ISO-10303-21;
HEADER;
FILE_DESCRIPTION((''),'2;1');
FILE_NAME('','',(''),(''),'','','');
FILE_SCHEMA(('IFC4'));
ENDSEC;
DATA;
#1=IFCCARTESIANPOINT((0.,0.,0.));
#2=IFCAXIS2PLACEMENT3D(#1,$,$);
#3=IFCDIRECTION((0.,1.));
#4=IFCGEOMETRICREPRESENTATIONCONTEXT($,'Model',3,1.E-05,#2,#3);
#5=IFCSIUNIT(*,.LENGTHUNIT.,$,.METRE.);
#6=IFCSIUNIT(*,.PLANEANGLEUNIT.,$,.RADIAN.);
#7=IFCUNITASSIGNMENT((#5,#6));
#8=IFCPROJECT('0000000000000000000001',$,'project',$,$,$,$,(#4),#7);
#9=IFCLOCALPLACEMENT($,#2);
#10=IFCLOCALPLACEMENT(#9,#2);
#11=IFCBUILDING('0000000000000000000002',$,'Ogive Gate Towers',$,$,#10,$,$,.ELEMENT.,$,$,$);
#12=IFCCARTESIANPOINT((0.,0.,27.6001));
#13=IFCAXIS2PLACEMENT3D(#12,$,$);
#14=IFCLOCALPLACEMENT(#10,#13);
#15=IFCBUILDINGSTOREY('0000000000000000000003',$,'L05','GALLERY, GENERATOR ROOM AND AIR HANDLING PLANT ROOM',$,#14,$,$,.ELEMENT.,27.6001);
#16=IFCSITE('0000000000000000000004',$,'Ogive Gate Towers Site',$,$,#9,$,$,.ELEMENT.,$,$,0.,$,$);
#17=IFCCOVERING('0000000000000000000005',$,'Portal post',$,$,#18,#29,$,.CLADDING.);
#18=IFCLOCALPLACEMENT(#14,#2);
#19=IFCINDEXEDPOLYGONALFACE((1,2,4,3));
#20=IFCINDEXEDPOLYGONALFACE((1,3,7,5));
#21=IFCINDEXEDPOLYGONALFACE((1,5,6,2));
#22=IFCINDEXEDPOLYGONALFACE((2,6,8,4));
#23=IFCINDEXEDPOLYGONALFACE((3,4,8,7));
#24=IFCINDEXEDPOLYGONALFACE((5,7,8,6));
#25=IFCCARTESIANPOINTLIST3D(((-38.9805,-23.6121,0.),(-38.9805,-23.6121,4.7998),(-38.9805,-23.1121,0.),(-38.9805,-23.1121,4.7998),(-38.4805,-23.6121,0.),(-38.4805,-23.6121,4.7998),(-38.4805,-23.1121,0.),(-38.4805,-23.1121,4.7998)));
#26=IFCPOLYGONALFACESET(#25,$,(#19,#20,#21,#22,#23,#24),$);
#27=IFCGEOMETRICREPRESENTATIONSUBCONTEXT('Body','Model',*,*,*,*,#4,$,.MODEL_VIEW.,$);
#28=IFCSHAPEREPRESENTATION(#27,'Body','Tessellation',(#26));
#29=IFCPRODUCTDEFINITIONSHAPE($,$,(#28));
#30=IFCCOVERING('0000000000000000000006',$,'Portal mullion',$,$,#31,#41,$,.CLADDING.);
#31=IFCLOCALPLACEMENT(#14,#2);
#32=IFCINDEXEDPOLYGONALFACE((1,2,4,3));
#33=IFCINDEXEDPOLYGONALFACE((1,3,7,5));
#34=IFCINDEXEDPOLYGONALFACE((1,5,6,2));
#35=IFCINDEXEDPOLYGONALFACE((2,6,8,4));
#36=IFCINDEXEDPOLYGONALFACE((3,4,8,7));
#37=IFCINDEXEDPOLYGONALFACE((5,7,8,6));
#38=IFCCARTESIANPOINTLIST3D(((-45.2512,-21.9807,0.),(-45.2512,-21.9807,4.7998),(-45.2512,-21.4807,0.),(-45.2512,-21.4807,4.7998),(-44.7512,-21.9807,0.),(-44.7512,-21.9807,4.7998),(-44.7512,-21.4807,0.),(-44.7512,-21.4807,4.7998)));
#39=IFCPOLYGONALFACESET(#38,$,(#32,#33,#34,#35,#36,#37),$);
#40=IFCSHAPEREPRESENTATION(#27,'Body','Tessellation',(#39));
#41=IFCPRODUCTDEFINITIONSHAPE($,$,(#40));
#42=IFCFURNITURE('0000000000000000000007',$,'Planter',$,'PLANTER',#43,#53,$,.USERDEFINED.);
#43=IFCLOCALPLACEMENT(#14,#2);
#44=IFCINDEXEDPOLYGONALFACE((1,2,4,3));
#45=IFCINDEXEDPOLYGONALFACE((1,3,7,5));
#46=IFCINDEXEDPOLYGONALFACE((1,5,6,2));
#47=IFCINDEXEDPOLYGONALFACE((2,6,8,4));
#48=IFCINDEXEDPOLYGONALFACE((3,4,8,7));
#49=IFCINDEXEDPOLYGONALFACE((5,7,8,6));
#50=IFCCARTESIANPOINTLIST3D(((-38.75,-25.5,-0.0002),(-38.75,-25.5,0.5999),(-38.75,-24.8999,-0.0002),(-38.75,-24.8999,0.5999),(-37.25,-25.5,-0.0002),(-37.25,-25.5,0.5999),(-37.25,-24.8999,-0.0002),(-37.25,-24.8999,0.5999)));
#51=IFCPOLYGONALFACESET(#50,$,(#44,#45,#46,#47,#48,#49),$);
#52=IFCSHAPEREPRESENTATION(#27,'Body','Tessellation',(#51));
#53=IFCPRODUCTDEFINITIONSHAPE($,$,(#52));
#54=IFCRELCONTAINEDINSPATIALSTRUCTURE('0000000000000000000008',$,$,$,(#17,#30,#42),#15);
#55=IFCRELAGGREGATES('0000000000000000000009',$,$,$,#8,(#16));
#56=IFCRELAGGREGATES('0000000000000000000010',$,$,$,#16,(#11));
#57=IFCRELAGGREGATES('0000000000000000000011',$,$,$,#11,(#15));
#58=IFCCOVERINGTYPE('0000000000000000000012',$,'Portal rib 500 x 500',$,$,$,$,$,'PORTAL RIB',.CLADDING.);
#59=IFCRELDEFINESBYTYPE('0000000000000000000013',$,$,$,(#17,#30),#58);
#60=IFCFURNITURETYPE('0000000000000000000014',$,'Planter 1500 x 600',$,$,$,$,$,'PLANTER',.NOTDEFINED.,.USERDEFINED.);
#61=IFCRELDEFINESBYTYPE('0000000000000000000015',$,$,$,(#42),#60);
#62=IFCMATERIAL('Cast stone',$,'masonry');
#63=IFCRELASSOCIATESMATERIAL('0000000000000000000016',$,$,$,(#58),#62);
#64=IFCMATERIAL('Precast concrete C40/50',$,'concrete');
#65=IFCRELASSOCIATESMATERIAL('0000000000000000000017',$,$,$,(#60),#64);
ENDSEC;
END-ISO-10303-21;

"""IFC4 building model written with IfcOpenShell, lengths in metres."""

from ifc_helpers import new_model, si_unit, direction, frame, origin, origin_2d, place, context, subcontext, project, spatial, rectangle, extrude, material, material_profile, profile_set, type_object, element, save


model = new_model("IFC4")

# Units and contexts
model_context = context("Model", 3, precision=1e-05, world=origin(), true_north=direction((0.0, 1.0)))
body_context = subcontext(model_context, "Body", "Model", "MODEL_VIEW")
ifc_project = project(units=[si_unit("LENGTHUNIT", "METRE"), si_unit("PLANEANGLEUNIT", "RADIAN")], contexts=[model_context])

# Site, building, storey
site_placement = place(None, origin())
site = spatial("IfcSite", under=ifc_project, at=site_placement, Name="Ogive Gate Towers Site", CompositionType="ELEMENT", RefElevation=0.0)
building_placement = place(site_placement, origin())
building = spatial("IfcBuilding", under=site, at=building_placement, Name="Ogive Gate Towers", CompositionType="ELEMENT")
storey_placement = place(building_placement, frame((0.0, 0.0, 27.6001)))
storey = spatial("IfcBuildingStorey", under=building, at=storey_placement, Name="L05", Description="GALLERY, GENERATOR ROOM AND AIR HANDLING PLANT ROOM", CompositionType="ELEMENT", Elevation=27.6001)

# Coverings
ifc_material_1 = material(Name="Cast stone", Category="masonry")
ifc_material_profile_1 = material_profile(ifc_material_1, rectangle(XDim=0.5, YDim=0.5, at=origin_2d()), Name="500 x 500 cast stone")
ifc_profile_set_1 = profile_set([ifc_material_profile_1], Name="Cast stone")
covering_type = type_object("IfcCoveringType", Name="Portal rib 500 x 500", ElementType="PORTAL RIB", PredefinedType="CLADDING", material=ifc_profile_set_1)
for number, where, z_axis, x_axis, name in (
    (1, (-38.7305, -23.3621, 0.0), (0.0, 0.0, 1.0), (1.0, 0.0, 0.0), "Portal post"),
    (2, (-45.0012, -21.7307, 0.0), (0.0, 0.0, 1.0), (1.0, 0.0, 0.0), "Portal mullion"),
):
    element("IfcCovering", number, at=place(storey_placement, frame(where, z_axis=z_axis, x_axis=x_axis)), inside=storey, type_object=covering_type, Name=name, PredefinedType="CLADDING", context=body_context, shape_type="SweptSolid", body=[
        extrude(rectangle(XDim=0.5, YDim=0.5, at=origin_2d()), origin(), (0.0, 0.0, 1.0), 4.7998),
    ])

# Furniture
ifc_material_2 = material(Name="Precast concrete C40/50", Category="concrete")
furniture_type = type_object("IfcFurnitureType", Name="Planter 1500 x 600", ElementType="PLANTER", AssemblyPlace="NOTDEFINED", PredefinedType="USERDEFINED", material=ifc_material_2)
furniture_placement = place(storey_placement, frame((-38.0, -25.2, -0.0002), z_axis=(0.0, 0.0, 1.0), x_axis=(1.0, 0.0, 0.0)))
element("IfcFurniture", 3, at=furniture_placement, inside=storey, type_object=furniture_type, Name="Planter", ObjectType="PLANTER", PredefinedType="USERDEFINED", context=body_context, shape_type="SweptSolid", body=[
    extrude(rectangle(XDim=1.5, YDim=0.6001, at=origin_2d()), origin(), (0.0, 0.0, 1.0), 0.6001),
])

save(model, "model.ifc")
